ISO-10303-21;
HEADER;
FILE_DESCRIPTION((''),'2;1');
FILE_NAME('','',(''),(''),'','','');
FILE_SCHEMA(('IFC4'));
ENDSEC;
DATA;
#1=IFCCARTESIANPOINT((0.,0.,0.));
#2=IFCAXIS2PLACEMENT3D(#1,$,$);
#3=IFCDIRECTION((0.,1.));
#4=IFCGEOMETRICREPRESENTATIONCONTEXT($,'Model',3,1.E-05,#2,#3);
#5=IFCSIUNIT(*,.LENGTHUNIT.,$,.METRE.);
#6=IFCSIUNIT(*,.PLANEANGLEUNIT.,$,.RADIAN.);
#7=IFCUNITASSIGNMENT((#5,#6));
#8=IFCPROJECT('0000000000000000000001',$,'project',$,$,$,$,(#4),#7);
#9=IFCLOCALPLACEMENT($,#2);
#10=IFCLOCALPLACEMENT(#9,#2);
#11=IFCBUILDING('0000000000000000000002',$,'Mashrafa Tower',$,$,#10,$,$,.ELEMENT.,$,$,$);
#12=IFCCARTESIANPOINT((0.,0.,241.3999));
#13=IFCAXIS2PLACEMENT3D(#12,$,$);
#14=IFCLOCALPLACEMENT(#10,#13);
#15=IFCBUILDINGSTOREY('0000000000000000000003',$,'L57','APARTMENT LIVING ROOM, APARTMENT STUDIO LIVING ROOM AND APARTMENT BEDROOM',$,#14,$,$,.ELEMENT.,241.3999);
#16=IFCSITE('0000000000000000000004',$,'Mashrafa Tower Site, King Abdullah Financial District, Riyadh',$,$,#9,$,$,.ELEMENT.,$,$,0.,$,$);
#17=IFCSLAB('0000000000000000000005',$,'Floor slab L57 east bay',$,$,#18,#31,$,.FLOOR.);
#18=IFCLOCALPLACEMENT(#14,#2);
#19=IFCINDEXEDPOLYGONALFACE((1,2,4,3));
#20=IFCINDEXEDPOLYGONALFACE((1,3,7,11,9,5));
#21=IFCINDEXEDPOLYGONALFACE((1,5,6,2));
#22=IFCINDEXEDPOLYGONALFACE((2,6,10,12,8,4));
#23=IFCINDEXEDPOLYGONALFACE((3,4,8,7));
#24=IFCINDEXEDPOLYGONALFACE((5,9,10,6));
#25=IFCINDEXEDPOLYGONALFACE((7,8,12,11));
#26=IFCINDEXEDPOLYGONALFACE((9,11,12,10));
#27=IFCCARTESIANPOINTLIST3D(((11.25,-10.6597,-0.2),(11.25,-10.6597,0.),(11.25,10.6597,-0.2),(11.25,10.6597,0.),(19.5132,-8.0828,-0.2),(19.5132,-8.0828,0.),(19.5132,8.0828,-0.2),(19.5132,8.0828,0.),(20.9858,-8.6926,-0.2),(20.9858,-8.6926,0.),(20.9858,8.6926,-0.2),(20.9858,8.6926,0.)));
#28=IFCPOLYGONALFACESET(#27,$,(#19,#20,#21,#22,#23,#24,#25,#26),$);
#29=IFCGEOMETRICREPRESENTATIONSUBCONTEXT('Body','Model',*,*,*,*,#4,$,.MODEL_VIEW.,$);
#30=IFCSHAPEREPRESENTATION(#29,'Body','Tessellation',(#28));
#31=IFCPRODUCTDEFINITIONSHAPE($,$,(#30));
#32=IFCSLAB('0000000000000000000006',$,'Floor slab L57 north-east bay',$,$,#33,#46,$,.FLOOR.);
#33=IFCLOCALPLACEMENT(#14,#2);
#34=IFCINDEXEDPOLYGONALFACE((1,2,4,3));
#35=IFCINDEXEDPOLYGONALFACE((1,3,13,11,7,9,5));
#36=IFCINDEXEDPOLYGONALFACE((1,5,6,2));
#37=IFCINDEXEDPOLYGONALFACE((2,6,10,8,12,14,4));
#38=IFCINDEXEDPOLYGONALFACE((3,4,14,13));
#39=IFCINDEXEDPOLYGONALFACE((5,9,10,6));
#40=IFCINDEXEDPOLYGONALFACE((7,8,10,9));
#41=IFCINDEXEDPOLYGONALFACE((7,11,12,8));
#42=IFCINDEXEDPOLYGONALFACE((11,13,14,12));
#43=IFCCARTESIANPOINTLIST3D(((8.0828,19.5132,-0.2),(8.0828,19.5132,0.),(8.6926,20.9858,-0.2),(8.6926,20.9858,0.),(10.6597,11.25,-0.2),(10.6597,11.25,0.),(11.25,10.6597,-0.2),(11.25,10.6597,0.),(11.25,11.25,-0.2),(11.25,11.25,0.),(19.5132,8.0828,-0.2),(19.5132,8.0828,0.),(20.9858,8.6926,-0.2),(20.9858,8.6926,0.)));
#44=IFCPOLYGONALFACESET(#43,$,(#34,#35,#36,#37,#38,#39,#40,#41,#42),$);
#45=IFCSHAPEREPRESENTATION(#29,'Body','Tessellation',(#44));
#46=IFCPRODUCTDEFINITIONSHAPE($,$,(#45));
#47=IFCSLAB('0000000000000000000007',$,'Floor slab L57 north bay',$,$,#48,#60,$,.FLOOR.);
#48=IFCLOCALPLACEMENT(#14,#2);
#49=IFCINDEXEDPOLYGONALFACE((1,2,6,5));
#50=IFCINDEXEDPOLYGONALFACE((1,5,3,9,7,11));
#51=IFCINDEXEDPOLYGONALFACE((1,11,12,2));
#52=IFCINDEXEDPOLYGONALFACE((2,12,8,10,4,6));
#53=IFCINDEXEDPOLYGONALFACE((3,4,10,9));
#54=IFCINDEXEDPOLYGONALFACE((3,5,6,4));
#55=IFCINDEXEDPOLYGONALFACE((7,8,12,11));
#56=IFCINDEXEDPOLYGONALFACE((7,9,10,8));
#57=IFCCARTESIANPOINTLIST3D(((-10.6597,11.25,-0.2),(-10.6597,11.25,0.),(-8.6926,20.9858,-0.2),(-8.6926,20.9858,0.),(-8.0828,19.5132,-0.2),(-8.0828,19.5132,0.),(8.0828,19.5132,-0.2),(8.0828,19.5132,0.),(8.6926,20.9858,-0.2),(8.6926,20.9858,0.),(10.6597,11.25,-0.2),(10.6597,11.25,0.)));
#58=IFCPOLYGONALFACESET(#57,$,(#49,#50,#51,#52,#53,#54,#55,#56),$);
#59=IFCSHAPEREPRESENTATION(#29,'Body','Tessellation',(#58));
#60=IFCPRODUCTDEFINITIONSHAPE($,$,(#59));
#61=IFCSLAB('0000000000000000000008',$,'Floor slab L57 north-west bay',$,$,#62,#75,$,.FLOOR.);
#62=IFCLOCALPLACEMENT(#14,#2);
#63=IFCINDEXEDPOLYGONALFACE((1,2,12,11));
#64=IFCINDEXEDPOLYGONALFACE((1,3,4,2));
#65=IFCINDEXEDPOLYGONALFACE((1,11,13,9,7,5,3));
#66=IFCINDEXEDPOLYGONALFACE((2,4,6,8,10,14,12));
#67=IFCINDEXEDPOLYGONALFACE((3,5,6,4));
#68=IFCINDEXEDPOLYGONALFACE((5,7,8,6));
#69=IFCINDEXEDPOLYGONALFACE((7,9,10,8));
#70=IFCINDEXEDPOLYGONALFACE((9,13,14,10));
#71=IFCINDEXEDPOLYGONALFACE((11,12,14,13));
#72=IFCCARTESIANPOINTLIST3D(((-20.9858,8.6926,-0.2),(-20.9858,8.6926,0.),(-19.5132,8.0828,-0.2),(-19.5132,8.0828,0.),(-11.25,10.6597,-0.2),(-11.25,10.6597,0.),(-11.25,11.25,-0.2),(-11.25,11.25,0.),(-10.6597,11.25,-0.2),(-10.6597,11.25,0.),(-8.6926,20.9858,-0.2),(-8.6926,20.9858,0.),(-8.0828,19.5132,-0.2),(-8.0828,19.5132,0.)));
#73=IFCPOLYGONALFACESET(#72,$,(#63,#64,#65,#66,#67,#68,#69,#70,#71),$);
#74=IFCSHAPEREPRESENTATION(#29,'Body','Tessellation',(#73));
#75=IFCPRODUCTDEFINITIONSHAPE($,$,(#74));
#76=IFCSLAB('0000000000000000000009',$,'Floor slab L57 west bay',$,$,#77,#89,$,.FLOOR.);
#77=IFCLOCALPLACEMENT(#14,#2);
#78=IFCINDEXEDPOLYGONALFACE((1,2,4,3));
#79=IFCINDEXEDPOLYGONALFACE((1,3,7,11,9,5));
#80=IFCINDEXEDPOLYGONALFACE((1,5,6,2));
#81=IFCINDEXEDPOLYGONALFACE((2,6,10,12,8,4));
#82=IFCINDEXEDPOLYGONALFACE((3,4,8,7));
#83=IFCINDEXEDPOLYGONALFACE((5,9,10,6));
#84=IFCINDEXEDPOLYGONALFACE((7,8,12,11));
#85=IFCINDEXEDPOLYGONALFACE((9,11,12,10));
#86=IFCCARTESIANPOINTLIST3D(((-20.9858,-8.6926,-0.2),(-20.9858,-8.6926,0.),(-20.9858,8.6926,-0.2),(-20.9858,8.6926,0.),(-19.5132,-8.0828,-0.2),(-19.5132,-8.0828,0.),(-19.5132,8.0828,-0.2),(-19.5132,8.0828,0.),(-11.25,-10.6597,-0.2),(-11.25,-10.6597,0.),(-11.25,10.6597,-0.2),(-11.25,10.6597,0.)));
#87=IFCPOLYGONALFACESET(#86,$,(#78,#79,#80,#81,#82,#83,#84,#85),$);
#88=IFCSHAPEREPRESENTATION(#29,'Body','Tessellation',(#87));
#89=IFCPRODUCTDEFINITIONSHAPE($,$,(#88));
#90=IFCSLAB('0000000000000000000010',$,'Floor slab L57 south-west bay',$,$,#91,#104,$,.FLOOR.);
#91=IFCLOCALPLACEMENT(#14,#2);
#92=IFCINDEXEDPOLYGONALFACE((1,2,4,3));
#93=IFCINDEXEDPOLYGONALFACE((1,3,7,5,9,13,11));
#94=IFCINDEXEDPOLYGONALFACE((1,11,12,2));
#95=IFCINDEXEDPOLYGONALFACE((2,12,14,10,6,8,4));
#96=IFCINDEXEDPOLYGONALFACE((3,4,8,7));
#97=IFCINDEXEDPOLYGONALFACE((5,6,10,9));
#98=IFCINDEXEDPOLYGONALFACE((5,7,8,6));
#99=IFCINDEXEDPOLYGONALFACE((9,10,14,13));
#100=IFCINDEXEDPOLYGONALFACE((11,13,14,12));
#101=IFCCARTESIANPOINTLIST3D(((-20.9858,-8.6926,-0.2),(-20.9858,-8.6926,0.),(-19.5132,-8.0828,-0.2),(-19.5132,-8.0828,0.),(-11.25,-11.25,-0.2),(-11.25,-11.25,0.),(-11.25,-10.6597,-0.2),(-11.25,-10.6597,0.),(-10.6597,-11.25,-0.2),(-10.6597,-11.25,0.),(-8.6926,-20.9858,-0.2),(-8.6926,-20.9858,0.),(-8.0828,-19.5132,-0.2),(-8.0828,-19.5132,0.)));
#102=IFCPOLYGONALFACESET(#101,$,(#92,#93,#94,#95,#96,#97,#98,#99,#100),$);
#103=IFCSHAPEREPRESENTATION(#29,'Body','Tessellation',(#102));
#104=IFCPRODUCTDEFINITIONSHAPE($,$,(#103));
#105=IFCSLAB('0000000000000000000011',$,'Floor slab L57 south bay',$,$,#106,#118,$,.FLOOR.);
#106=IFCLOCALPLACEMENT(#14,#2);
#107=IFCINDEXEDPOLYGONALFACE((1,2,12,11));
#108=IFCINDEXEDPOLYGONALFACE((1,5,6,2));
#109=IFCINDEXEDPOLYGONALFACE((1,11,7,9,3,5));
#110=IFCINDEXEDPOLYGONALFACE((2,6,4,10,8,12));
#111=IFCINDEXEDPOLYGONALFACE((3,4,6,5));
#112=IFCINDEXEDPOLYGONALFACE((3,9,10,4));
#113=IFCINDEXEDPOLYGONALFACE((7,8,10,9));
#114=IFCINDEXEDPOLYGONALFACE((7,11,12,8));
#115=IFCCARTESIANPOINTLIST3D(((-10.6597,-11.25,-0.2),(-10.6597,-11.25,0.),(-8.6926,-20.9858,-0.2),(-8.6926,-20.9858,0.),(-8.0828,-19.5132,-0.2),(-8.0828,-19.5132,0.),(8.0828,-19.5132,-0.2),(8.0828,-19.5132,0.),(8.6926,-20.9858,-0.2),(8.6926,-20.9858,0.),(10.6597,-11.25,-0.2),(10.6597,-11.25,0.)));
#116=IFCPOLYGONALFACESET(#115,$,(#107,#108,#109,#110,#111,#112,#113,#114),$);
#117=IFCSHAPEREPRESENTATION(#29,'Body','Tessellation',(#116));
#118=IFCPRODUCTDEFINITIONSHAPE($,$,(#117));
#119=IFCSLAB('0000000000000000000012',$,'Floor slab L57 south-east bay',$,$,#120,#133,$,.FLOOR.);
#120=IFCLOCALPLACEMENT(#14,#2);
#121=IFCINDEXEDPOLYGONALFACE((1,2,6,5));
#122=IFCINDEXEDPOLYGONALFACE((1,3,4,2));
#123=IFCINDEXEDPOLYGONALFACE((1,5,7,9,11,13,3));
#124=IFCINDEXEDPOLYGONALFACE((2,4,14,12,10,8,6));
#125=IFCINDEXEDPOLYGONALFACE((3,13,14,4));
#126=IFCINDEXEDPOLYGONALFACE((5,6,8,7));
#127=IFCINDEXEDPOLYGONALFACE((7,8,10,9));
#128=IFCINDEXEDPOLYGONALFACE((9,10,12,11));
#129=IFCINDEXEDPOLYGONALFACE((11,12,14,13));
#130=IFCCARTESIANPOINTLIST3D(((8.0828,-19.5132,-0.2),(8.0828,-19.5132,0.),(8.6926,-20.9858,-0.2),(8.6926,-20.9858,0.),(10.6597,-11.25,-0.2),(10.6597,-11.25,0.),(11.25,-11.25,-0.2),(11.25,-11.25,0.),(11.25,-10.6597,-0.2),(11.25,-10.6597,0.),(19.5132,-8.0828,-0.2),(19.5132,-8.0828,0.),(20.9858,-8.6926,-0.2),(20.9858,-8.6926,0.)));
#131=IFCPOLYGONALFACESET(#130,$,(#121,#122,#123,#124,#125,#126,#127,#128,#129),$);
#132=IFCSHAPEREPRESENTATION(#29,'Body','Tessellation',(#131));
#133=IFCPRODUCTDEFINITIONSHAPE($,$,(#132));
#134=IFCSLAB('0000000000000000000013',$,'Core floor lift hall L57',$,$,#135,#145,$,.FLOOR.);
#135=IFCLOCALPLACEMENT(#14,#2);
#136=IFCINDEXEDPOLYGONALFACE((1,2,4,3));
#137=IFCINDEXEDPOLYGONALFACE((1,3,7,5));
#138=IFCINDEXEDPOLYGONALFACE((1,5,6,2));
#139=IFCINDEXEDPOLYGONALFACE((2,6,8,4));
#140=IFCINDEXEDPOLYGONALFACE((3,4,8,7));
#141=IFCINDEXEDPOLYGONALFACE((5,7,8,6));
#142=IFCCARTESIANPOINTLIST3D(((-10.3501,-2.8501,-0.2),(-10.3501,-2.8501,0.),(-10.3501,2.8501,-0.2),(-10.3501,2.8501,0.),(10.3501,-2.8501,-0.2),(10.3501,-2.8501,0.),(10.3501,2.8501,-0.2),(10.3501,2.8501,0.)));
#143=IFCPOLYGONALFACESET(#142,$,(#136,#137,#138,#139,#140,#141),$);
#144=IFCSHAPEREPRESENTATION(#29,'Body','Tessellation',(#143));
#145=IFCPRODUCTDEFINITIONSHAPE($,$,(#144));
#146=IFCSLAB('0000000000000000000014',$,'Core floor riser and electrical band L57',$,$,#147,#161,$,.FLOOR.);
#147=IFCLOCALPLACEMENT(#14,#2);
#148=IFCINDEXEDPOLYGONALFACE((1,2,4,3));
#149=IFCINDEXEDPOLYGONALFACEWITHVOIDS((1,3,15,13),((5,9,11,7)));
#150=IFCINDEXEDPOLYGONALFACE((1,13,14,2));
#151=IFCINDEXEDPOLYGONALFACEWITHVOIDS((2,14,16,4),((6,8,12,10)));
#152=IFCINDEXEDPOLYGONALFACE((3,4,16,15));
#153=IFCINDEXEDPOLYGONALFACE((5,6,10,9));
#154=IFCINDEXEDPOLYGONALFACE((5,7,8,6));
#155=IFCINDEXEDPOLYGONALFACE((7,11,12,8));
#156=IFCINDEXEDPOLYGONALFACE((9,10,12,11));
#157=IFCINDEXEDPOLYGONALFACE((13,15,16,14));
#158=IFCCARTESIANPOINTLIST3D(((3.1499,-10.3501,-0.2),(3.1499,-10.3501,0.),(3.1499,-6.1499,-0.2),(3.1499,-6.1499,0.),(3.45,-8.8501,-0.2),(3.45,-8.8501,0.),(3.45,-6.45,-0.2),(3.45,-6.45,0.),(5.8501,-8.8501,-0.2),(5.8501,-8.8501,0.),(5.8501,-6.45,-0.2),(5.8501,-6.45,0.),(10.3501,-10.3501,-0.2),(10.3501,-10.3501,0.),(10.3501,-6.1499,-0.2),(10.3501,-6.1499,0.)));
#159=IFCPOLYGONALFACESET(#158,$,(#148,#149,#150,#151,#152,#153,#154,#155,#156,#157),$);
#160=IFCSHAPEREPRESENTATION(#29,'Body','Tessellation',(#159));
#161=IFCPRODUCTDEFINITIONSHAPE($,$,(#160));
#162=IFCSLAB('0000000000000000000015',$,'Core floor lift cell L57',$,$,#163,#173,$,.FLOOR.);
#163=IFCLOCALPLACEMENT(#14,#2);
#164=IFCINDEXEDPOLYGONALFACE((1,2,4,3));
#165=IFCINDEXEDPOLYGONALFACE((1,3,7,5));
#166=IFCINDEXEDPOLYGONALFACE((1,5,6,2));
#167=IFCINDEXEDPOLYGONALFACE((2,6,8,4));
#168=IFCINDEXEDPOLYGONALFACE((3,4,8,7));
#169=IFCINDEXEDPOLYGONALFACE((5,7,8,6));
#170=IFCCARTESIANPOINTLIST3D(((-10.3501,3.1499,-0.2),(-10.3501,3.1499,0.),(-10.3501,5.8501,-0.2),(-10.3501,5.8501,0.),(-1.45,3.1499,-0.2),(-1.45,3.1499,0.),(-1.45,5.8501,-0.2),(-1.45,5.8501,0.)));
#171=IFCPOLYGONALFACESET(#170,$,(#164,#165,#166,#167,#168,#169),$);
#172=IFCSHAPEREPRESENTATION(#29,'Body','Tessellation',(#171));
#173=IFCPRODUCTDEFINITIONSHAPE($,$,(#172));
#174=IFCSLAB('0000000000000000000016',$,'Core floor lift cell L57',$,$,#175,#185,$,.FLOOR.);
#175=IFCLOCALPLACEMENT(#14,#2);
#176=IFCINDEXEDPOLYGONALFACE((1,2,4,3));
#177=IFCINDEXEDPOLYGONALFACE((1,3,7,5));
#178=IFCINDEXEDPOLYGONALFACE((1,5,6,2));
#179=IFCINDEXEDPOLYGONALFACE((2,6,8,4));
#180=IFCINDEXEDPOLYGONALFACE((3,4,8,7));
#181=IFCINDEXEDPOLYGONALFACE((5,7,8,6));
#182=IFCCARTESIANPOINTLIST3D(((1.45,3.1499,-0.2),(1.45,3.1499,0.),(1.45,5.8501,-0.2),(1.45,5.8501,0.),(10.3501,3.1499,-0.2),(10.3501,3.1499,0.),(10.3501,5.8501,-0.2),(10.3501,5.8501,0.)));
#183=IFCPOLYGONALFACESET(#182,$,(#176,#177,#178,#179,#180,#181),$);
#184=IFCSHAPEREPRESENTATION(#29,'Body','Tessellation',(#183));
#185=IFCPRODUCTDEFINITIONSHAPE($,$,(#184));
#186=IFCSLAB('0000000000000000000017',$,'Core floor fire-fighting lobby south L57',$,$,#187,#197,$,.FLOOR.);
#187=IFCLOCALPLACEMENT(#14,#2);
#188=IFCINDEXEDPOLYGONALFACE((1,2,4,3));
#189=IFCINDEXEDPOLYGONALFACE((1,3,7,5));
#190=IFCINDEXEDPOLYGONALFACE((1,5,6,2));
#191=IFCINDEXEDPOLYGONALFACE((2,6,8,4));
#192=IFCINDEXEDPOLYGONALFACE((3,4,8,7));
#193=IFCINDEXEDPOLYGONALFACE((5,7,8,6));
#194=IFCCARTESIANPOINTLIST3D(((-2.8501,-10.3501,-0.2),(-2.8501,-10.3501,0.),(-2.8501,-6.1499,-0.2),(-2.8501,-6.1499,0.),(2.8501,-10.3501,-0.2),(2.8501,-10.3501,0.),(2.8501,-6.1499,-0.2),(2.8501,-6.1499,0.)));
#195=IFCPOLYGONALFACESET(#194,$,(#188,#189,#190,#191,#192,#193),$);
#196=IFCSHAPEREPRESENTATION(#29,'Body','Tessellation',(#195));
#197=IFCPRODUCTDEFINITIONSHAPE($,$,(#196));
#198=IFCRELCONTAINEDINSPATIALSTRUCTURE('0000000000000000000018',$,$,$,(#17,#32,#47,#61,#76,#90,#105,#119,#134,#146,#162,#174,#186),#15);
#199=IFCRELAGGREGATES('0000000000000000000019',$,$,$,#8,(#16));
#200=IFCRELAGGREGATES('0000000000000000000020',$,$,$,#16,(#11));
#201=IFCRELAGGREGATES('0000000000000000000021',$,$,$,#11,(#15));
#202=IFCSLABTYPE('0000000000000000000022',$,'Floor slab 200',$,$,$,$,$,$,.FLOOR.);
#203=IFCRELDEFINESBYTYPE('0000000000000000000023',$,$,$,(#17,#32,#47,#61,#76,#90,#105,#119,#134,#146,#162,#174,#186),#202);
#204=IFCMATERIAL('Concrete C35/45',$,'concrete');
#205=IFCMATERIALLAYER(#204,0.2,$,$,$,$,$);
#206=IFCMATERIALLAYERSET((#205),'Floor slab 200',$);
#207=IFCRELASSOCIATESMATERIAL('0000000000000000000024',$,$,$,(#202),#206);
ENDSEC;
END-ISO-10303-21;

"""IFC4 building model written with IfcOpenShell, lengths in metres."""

from ifc_helpers import new_model, si_unit, direction, frame, origin, place, context, subcontext, project, spatial, polyline, outline, extrude, material, layer, layer_set, type_object, element, save


model = new_model("IFC4")

# Units and contexts
model_context = context("Model", 3, precision=1e-05, world=origin(), true_north=direction((0.0, 1.0)))
body_context = subcontext(model_context, "Body", "Model", "MODEL_VIEW")
ifc_project = project(units=[si_unit("LENGTHUNIT", "METRE"), si_unit("PLANEANGLEUNIT", "RADIAN")], contexts=[model_context])

# Site, building, storey
site_placement = place(None, origin())
site = spatial("IfcSite", under=ifc_project, at=site_placement, Name="Mashrafa Tower Site, King Abdullah Financial District, Riyadh", CompositionType="ELEMENT", RefElevation=0.0)
building_placement = place(site_placement, origin())
building = spatial("IfcBuilding", under=site, at=building_placement, Name="Mashrafa Tower", CompositionType="ELEMENT")
storey_placement = place(building_placement, frame((0.0, 0.0, 241.3999)))
storey = spatial("IfcBuildingStorey", under=building, at=storey_placement, Name="L57", Description="APARTMENT LIVING ROOM, APARTMENT STUDIO LIVING ROOM AND APARTMENT BEDROOM", CompositionType="ELEMENT", Elevation=241.3999)

# Slabs
ifc_material_1 = material(Name="Concrete C35/45", Category="concrete")
ifc_layer_1 = layer(ifc_material_1, 0.2)
ifc_layer_set_1 = layer_set([ifc_layer_1], Name="Floor slab 200")
slab_type = type_object("IfcSlabType", Name="Floor slab 200", PredefinedType="FLOOR", material=ifc_layer_set_1)
slab_1_placement = place(storey_placement, frame((0.0, 0.0, -0.2)))
element("IfcSlab", 1, at=slab_1_placement, inside=storey, type_object=slab_type, Name="Floor slab L57 east bay", PredefinedType="FLOOR", context=body_context, shape_type="SweptSolid", body=[
    extrude(outline(polyline([(20.9858, 8.6926), (20.9858, -8.6926), (20.9858, -8.6926), (19.5132, -8.0828), (11.25, -10.6597), (11.25, 10.6597), (19.5132, 8.0828), (20.9858, 8.6926), (20.9858, 8.6926)])), origin(), (0.0, 0.0, 1.0), 0.2),
])
slab_2_placement = place(storey_placement, frame((0.0, 0.0, -0.2)))
element("IfcSlab", 2, at=slab_2_placement, inside=storey, type_object=slab_type, Name="Floor slab L57 north-east bay", PredefinedType="FLOOR", context=body_context, shape_type="SweptSolid", body=[
    extrude(outline(polyline([(20.9858, 8.6926), (19.5132, 8.0828), (11.25, 10.6597), (11.25, 11.25), (10.6597, 11.25), (8.0828, 19.5132), (8.6926, 20.9858), (20.9858, 8.6926)])), origin(), (0.0, 0.0, 1.0), 0.2),
])
slab_3_placement = place(storey_placement, frame((0.0, 0.0, -0.2)))
element("IfcSlab", 3, at=slab_3_placement, inside=storey, type_object=slab_type, Name="Floor slab L57 north bay", PredefinedType="FLOOR", context=body_context, shape_type="SweptSolid", body=[
    extrude(outline(polyline([(-8.6926, 20.9858), (8.6926, 20.9858), (8.6926, 20.9858), (8.0828, 19.5132), (10.6597, 11.25), (-10.6597, 11.25), (-8.0828, 19.5132), (-8.6926, 20.9858), (-8.6926, 20.9858)])), origin(), (0.0, 0.0, 1.0), 0.2),
])
slab_4_placement = place(storey_placement, frame((0.0, 0.0, -0.2)))
element("IfcSlab", 4, at=slab_4_placement, inside=storey, type_object=slab_type, Name="Floor slab L57 north-west bay", PredefinedType="FLOOR", context=body_context, shape_type="SweptSolid", body=[
    extrude(outline(polyline([(-8.6926, 20.9858), (-8.0828, 19.5132), (-10.6597, 11.25), (-11.25, 11.25), (-11.25, 10.6597), (-19.5132, 8.0828), (-20.9858, 8.6926), (-8.6926, 20.9858)])), origin(), (0.0, 0.0, 1.0), 0.2),
])
slab_5_placement = place(storey_placement, frame((0.0, 0.0, -0.2)))
element("IfcSlab", 5, at=slab_5_placement, inside=storey, type_object=slab_type, Name="Floor slab L57 west bay", PredefinedType="FLOOR", context=body_context, shape_type="SweptSolid", body=[
    extrude(outline(polyline([(-20.9858, -8.6926), (-20.9858, 8.6926), (-20.9858, 8.6926), (-19.5132, 8.0828), (-11.25, 10.6597), (-11.25, -10.6597), (-19.5132, -8.0828), (-20.9858, -8.6926), (-20.9858, -8.6926)])), origin(), (0.0, 0.0, 1.0), 0.2),
])
slab_6_placement = place(storey_placement, frame((0.0, 0.0, -0.2)))
element("IfcSlab", 6, at=slab_6_placement, inside=storey, type_object=slab_type, Name="Floor slab L57 south-west bay", PredefinedType="FLOOR", context=body_context, shape_type="SweptSolid", body=[
    extrude(outline(polyline([(-20.9858, -8.6926), (-19.5132, -8.0828), (-11.25, -10.6597), (-11.25, -11.25), (-10.6597, -11.25), (-8.0828, -19.5132), (-8.6926, -20.9858), (-20.9858, -8.6926)])), origin(), (0.0, 0.0, 1.0), 0.2),
])
slab_7_placement = place(storey_placement, frame((0.0, 0.0, -0.2)))
element("IfcSlab", 7, at=slab_7_placement, inside=storey, type_object=slab_type, Name="Floor slab L57 south bay", PredefinedType="FLOOR", context=body_context, shape_type="SweptSolid", body=[
    extrude(outline(polyline([(-8.6926, -20.9858), (-8.6926, -20.9858), (-8.0828, -19.5132), (-10.6597, -11.25), (10.6597, -11.25), (8.0828, -19.5132), (8.6926, -20.9858), (8.6926, -20.9858), (-8.6926, -20.9858)])), origin(), (0.0, 0.0, 1.0), 0.2),
])
slab_8_placement = place(storey_placement, frame((0.0, 0.0, -0.2)))
element("IfcSlab", 8, at=slab_8_placement, inside=storey, type_object=slab_type, Name="Floor slab L57 south-east bay", PredefinedType="FLOOR", context=body_context, shape_type="SweptSolid", body=[
    extrude(outline(polyline([(8.6926, -20.9858), (8.0828, -19.5132), (10.6597, -11.25), (11.25, -11.25), (11.25, -10.6597), (19.5132, -8.0828), (20.9858, -8.6926), (8.6926, -20.9858)])), origin(), (0.0, 0.0, 1.0), 0.2),
])
slab_9_placement = place(storey_placement, frame((0.0, 0.0, -0.2)))
element("IfcSlab", 9, at=slab_9_placement, inside=storey, type_object=slab_type, Name="Core floor lift hall L57", PredefinedType="FLOOR", context=body_context, shape_type="SweptSolid", body=[
    extrude(outline(polyline([(-10.3501, 2.8501), (10.3501, 2.8501), (10.3501, -2.8501), (-10.3501, -2.8501), (-10.3501, 2.8501)])), origin(), (0.0, 0.0, 1.0), 0.2),
])
slab_10_placement = place(storey_placement, frame((0.0, 0.0, -0.2)))
element("IfcSlab", 10, at=slab_10_placement, inside=storey, type_object=slab_type, Name="Core floor riser and electrical band L57", PredefinedType="FLOOR", context=body_context, shape_type="SweptSolid", body=[
    extrude(outline(polyline([(10.3501, -6.1499), (10.3501, -10.3501), (3.1499, -10.3501), (3.1499, -6.1499), (10.3501, -6.1499)]), holes=[polyline([(3.45, -8.8501), (5.8501, -8.8501), (5.8501, -6.45), (3.45, -6.45), (3.45, -8.8501)])]), origin(), (0.0, 0.0, 1.0), 0.2),
])
slab_11_placement = place(storey_placement, frame((0.0, 0.0, -0.2)))
element("IfcSlab", 11, at=slab_11_placement, inside=storey, type_object=slab_type, Name="Core floor lift cell L57", PredefinedType="FLOOR", context=body_context, shape_type="SweptSolid", body=[
    extrude(outline(polyline([(-10.3501, 5.8501), (-1.45, 5.8501), (-1.45, 3.1499), (-10.3501, 3.1499), (-10.3501, 5.8501)])), origin(), (0.0, 0.0, 1.0), 0.2),
])
slab_12_placement = place(storey_placement, frame((0.0, 0.0, -0.2)))
element("IfcSlab", 12, at=slab_12_placement, inside=storey, type_object=slab_type, Name="Core floor lift cell L57", PredefinedType="FLOOR", context=body_context, shape_type="SweptSolid", body=[
    extrude(outline(polyline([(1.45, 5.8501), (10.3501, 5.8501), (10.3501, 3.1499), (1.45, 3.1499), (1.45, 5.8501)])), origin(), (0.0, 0.0, 1.0), 0.2),
])
slab_13_placement = place(storey_placement, frame((0.0, 0.0, -0.2)))
element("IfcSlab", 13, at=slab_13_placement, inside=storey, type_object=slab_type, Name="Core floor fire-fighting lobby south L57", PredefinedType="FLOOR", context=body_context, shape_type="SweptSolid", body=[
    extrude(outline(polyline([(2.8501, -6.1499), (2.8501, -10.3501), (-2.8501, -10.3501), (-2.8501, -6.1499), (2.8501, -6.1499)])), origin(), (0.0, 0.0, 1.0), 0.2),
])

save(model, "model.ifc")
